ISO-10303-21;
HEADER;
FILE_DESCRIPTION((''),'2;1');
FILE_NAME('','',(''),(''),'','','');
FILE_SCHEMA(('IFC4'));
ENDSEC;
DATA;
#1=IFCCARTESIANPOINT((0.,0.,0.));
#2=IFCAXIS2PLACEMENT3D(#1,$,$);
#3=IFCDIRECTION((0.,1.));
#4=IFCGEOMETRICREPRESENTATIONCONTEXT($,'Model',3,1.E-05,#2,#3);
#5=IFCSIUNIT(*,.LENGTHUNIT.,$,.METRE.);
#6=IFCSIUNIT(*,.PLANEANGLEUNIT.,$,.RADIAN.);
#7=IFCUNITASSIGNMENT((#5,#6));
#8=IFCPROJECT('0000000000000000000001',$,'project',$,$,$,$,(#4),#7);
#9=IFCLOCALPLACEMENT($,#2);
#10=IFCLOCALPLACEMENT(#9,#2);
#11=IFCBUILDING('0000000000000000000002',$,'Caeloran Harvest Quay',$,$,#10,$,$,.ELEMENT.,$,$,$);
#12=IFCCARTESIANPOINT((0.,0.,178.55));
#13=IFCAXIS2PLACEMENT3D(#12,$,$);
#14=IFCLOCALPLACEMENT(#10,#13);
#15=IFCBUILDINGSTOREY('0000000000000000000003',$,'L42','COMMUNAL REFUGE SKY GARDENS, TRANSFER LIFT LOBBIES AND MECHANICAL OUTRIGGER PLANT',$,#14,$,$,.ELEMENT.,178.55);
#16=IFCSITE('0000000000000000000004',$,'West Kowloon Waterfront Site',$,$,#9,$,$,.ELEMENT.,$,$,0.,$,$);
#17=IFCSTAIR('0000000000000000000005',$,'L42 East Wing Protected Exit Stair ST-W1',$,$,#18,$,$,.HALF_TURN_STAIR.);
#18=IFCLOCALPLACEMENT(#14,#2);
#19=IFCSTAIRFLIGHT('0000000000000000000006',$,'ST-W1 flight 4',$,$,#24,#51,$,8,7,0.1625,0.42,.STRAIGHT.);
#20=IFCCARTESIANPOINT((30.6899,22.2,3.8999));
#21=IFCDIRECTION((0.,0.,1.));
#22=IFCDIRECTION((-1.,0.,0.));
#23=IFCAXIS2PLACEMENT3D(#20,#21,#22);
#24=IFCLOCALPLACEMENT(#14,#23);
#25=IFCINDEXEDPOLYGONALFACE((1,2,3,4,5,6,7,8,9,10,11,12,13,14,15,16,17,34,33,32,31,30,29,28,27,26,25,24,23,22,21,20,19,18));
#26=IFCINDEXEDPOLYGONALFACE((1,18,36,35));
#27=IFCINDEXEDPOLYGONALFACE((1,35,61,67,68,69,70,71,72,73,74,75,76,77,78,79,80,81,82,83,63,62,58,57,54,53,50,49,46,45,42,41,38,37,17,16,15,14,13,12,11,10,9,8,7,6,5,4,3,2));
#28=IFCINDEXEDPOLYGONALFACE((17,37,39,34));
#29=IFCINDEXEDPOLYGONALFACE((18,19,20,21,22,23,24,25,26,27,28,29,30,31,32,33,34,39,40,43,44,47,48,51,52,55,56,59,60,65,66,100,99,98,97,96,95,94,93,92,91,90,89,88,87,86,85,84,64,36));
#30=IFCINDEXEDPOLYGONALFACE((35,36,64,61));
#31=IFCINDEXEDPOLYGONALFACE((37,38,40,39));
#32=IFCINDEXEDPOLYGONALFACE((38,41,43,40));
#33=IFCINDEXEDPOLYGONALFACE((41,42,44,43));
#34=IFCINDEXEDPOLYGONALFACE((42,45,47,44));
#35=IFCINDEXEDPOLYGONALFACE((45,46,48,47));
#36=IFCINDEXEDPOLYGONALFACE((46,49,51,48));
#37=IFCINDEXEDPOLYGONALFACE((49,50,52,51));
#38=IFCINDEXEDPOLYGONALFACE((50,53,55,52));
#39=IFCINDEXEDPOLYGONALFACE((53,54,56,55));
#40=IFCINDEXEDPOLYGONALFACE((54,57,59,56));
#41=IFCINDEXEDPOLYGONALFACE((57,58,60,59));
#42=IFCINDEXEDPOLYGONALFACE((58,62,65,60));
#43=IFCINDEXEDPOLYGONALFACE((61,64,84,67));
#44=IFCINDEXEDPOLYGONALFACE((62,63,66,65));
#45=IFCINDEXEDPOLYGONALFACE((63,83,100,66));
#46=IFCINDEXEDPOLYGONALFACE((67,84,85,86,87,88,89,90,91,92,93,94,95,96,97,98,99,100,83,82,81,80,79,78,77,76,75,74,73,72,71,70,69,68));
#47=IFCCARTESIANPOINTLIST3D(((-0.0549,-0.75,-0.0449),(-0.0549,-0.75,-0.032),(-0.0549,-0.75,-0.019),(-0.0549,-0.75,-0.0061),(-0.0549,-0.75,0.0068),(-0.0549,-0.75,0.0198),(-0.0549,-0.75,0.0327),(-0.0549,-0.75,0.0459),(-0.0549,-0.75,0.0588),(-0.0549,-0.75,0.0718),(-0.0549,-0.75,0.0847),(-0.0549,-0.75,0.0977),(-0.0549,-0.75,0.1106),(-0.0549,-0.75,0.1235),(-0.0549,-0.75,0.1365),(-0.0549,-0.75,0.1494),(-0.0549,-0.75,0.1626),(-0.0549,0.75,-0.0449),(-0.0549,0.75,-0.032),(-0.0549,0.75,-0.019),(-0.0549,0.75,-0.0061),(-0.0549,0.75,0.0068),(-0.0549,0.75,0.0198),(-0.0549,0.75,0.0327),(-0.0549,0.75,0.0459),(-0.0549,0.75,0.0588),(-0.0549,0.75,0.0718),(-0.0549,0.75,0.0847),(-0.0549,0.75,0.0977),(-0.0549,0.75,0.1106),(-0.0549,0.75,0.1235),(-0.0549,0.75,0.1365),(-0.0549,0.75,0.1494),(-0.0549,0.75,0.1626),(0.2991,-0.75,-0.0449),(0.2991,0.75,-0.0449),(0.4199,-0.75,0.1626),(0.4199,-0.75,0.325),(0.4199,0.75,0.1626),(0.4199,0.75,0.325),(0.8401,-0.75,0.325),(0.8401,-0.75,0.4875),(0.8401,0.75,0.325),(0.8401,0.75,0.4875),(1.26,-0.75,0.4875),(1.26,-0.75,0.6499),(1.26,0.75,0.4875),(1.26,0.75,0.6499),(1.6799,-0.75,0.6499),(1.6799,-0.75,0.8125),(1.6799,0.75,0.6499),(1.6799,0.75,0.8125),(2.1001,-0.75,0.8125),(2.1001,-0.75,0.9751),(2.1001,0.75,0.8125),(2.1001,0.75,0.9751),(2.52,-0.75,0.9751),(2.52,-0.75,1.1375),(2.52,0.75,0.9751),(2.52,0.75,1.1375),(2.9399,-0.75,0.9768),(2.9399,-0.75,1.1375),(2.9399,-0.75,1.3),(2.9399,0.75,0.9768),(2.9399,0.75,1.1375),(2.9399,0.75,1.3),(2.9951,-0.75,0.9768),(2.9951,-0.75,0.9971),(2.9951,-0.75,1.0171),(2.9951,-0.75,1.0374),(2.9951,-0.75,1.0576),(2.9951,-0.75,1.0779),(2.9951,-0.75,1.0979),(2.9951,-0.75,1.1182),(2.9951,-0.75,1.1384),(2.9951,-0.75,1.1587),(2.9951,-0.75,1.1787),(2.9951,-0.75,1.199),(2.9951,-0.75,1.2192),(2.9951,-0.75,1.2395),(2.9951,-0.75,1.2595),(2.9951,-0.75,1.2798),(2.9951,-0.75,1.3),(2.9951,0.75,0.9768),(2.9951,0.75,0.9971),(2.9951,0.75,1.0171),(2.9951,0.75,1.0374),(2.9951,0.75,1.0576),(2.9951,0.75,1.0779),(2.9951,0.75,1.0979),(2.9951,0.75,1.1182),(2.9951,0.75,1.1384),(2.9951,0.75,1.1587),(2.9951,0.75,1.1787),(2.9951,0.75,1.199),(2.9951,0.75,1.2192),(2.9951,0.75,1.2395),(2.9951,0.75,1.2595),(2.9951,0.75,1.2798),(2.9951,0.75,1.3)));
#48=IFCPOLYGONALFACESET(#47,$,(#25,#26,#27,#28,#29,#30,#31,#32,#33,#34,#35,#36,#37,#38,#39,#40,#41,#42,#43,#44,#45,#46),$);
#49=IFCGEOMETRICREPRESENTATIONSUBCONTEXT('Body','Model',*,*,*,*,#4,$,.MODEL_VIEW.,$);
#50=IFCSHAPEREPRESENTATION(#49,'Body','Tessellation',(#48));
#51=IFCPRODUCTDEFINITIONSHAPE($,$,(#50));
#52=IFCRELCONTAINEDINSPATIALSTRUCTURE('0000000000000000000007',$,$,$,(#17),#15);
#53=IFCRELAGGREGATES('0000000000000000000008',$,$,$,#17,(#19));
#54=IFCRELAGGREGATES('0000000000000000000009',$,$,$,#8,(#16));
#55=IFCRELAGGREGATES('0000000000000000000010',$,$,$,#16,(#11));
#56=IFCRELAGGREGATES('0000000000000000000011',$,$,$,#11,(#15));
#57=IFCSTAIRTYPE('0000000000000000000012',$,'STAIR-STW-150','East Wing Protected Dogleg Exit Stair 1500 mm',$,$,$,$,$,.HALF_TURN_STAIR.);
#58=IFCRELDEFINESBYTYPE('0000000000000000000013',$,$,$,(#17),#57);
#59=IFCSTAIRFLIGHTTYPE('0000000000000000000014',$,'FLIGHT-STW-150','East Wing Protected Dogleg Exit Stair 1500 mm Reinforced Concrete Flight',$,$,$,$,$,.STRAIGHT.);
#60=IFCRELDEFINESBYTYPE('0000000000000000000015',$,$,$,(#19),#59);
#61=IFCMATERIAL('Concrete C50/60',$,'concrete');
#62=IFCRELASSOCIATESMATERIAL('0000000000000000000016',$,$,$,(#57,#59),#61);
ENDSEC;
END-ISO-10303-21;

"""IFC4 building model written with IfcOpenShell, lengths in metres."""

from ifc_helpers import new_model, si_unit, direction, frame, origin, place, context, subcontext, project, spatial, polyline, outline, extrude, material, type_object, element, aggregate, save


model = new_model("IFC4")

# Units and contexts
model_context = context("Model", 3, precision=1e-05, world=origin(), true_north=direction((0.0, 1.0)))
body_context = subcontext(model_context, "Body", "Model", "MODEL_VIEW")
ifc_project = project(units=[si_unit("LENGTHUNIT", "METRE"), si_unit("PLANEANGLEUNIT", "RADIAN")], contexts=[model_context])

# Site, building, storey
site_placement = place(None, origin())
site = spatial("IfcSite", under=ifc_project, at=site_placement, Name="West Kowloon Waterfront Site", CompositionType="ELEMENT", RefElevation=0.0)
building_placement = place(site_placement, origin())
building = spatial("IfcBuilding", under=site, at=building_placement, Name="Caeloran Harvest Quay", CompositionType="ELEMENT")
storey_placement = place(building_placement, frame((0.0, 0.0, 178.55)))
storey = spatial("IfcBuildingStorey", under=building, at=storey_placement, Name="L42", Description="COMMUNAL REFUGE SKY GARDENS, TRANSFER LIFT LOBBIES AND MECHANICAL OUTRIGGER PLANT", CompositionType="ELEMENT", Elevation=178.55)

# Stair, stair flight
ifc_material_1 = material(Name="Concrete C50/60", Category="concrete")
stair_type = type_object("IfcStairType", Name="STAIR-STW-150", Description="East Wing Protected Dogleg Exit Stair 1500 mm", PredefinedType="HALF_TURN_STAIR", material=ifc_material_1)
stair_placement = place(storey_placement, origin())
stair = element("IfcStair", 1, at=stair_placement, inside=storey, type_object=stair_type, Name="L42 East Wing Protected Exit Stair ST-W1", PredefinedType="HALF_TURN_STAIR")
stair_flight_type = type_object("IfcStairFlightType", Name="FLIGHT-STW-150", Description="East Wing Protected Dogleg Exit Stair 1500 mm Reinforced Concrete Flight", PredefinedType="STRAIGHT", material=ifc_material_1)
stair_flight_1_placement = place(storey_placement, frame((30.6899, 22.2, 3.8999), z_axis=(0.0, 0.0, 1.0), x_axis=(-1.0, 0.0, 0.0)))
stair_flight_1 = element("IfcStairFlight", 2, at=stair_flight_1_placement, type_object=stair_flight_type, Name="ST-W1 flight 4", NumberOfRisers=8, NumberOfTreads=7, PredefinedType="STRAIGHT", RiserHeight=0.1625, TreadLength=0.42, context=body_context, shape_type="SweptSolid", body=[
    extrude(outline(polyline([(-0.0549, -0.0449), (-0.0549, -0.032), (-0.0549, -0.019), (-0.0549, -0.0061), (-0.0549, 0.0068), (-0.0549, 0.0198), (-0.0549, 0.0327), (-0.0549, 0.0459), (-0.0549, 0.0588), (-0.0549, 0.0718), (-0.0549, 0.0847), (-0.0549, 0.0977), (-0.0549, 0.1106), (-0.0549, 0.1235), (-0.0549, 0.1365), (-0.0549, 0.1494), (-0.0549, 0.1626), (0.4199, 0.1626), (0.4199, 0.325), (0.8401, 0.325), (0.8401, 0.4875), (1.26, 0.4875), (1.26, 0.6499), (1.6799, 0.6499), (1.6799, 0.8125), (2.1001, 0.8125), (2.1001, 0.9751), (2.52, 0.9751), (2.52, 1.1375), (2.9399, 1.1375), (2.9399, 1.3), (2.9951, 1.3), (2.9951, 1.2798), (2.9951, 1.2595), (2.9951, 1.2395), (2.9951, 1.2192), (2.9951, 1.199), (2.9951, 1.1787), (2.9951, 1.1587), (2.9951, 1.1384), (2.9951, 1.1182), (2.9951, 1.0979), (2.9951, 1.0779), (2.9951, 1.0576), (2.9951, 1.0374), (2.9951, 1.0171), (2.9951, 0.9971), (2.9951, 0.9768), (2.9399, 0.9768), (0.2991, -0.0449), (-0.0549, -0.0449)])), frame((0.0, 0.75, 0.0), z_axis=(0.0, -1.0, 0.0), x_axis=(1.0, 0.0, 0.0)), (0.0, 0.0, 1.0), 1.5),
])
aggregate(stair, [stair_flight_1])

save(model, "model.ifc")
